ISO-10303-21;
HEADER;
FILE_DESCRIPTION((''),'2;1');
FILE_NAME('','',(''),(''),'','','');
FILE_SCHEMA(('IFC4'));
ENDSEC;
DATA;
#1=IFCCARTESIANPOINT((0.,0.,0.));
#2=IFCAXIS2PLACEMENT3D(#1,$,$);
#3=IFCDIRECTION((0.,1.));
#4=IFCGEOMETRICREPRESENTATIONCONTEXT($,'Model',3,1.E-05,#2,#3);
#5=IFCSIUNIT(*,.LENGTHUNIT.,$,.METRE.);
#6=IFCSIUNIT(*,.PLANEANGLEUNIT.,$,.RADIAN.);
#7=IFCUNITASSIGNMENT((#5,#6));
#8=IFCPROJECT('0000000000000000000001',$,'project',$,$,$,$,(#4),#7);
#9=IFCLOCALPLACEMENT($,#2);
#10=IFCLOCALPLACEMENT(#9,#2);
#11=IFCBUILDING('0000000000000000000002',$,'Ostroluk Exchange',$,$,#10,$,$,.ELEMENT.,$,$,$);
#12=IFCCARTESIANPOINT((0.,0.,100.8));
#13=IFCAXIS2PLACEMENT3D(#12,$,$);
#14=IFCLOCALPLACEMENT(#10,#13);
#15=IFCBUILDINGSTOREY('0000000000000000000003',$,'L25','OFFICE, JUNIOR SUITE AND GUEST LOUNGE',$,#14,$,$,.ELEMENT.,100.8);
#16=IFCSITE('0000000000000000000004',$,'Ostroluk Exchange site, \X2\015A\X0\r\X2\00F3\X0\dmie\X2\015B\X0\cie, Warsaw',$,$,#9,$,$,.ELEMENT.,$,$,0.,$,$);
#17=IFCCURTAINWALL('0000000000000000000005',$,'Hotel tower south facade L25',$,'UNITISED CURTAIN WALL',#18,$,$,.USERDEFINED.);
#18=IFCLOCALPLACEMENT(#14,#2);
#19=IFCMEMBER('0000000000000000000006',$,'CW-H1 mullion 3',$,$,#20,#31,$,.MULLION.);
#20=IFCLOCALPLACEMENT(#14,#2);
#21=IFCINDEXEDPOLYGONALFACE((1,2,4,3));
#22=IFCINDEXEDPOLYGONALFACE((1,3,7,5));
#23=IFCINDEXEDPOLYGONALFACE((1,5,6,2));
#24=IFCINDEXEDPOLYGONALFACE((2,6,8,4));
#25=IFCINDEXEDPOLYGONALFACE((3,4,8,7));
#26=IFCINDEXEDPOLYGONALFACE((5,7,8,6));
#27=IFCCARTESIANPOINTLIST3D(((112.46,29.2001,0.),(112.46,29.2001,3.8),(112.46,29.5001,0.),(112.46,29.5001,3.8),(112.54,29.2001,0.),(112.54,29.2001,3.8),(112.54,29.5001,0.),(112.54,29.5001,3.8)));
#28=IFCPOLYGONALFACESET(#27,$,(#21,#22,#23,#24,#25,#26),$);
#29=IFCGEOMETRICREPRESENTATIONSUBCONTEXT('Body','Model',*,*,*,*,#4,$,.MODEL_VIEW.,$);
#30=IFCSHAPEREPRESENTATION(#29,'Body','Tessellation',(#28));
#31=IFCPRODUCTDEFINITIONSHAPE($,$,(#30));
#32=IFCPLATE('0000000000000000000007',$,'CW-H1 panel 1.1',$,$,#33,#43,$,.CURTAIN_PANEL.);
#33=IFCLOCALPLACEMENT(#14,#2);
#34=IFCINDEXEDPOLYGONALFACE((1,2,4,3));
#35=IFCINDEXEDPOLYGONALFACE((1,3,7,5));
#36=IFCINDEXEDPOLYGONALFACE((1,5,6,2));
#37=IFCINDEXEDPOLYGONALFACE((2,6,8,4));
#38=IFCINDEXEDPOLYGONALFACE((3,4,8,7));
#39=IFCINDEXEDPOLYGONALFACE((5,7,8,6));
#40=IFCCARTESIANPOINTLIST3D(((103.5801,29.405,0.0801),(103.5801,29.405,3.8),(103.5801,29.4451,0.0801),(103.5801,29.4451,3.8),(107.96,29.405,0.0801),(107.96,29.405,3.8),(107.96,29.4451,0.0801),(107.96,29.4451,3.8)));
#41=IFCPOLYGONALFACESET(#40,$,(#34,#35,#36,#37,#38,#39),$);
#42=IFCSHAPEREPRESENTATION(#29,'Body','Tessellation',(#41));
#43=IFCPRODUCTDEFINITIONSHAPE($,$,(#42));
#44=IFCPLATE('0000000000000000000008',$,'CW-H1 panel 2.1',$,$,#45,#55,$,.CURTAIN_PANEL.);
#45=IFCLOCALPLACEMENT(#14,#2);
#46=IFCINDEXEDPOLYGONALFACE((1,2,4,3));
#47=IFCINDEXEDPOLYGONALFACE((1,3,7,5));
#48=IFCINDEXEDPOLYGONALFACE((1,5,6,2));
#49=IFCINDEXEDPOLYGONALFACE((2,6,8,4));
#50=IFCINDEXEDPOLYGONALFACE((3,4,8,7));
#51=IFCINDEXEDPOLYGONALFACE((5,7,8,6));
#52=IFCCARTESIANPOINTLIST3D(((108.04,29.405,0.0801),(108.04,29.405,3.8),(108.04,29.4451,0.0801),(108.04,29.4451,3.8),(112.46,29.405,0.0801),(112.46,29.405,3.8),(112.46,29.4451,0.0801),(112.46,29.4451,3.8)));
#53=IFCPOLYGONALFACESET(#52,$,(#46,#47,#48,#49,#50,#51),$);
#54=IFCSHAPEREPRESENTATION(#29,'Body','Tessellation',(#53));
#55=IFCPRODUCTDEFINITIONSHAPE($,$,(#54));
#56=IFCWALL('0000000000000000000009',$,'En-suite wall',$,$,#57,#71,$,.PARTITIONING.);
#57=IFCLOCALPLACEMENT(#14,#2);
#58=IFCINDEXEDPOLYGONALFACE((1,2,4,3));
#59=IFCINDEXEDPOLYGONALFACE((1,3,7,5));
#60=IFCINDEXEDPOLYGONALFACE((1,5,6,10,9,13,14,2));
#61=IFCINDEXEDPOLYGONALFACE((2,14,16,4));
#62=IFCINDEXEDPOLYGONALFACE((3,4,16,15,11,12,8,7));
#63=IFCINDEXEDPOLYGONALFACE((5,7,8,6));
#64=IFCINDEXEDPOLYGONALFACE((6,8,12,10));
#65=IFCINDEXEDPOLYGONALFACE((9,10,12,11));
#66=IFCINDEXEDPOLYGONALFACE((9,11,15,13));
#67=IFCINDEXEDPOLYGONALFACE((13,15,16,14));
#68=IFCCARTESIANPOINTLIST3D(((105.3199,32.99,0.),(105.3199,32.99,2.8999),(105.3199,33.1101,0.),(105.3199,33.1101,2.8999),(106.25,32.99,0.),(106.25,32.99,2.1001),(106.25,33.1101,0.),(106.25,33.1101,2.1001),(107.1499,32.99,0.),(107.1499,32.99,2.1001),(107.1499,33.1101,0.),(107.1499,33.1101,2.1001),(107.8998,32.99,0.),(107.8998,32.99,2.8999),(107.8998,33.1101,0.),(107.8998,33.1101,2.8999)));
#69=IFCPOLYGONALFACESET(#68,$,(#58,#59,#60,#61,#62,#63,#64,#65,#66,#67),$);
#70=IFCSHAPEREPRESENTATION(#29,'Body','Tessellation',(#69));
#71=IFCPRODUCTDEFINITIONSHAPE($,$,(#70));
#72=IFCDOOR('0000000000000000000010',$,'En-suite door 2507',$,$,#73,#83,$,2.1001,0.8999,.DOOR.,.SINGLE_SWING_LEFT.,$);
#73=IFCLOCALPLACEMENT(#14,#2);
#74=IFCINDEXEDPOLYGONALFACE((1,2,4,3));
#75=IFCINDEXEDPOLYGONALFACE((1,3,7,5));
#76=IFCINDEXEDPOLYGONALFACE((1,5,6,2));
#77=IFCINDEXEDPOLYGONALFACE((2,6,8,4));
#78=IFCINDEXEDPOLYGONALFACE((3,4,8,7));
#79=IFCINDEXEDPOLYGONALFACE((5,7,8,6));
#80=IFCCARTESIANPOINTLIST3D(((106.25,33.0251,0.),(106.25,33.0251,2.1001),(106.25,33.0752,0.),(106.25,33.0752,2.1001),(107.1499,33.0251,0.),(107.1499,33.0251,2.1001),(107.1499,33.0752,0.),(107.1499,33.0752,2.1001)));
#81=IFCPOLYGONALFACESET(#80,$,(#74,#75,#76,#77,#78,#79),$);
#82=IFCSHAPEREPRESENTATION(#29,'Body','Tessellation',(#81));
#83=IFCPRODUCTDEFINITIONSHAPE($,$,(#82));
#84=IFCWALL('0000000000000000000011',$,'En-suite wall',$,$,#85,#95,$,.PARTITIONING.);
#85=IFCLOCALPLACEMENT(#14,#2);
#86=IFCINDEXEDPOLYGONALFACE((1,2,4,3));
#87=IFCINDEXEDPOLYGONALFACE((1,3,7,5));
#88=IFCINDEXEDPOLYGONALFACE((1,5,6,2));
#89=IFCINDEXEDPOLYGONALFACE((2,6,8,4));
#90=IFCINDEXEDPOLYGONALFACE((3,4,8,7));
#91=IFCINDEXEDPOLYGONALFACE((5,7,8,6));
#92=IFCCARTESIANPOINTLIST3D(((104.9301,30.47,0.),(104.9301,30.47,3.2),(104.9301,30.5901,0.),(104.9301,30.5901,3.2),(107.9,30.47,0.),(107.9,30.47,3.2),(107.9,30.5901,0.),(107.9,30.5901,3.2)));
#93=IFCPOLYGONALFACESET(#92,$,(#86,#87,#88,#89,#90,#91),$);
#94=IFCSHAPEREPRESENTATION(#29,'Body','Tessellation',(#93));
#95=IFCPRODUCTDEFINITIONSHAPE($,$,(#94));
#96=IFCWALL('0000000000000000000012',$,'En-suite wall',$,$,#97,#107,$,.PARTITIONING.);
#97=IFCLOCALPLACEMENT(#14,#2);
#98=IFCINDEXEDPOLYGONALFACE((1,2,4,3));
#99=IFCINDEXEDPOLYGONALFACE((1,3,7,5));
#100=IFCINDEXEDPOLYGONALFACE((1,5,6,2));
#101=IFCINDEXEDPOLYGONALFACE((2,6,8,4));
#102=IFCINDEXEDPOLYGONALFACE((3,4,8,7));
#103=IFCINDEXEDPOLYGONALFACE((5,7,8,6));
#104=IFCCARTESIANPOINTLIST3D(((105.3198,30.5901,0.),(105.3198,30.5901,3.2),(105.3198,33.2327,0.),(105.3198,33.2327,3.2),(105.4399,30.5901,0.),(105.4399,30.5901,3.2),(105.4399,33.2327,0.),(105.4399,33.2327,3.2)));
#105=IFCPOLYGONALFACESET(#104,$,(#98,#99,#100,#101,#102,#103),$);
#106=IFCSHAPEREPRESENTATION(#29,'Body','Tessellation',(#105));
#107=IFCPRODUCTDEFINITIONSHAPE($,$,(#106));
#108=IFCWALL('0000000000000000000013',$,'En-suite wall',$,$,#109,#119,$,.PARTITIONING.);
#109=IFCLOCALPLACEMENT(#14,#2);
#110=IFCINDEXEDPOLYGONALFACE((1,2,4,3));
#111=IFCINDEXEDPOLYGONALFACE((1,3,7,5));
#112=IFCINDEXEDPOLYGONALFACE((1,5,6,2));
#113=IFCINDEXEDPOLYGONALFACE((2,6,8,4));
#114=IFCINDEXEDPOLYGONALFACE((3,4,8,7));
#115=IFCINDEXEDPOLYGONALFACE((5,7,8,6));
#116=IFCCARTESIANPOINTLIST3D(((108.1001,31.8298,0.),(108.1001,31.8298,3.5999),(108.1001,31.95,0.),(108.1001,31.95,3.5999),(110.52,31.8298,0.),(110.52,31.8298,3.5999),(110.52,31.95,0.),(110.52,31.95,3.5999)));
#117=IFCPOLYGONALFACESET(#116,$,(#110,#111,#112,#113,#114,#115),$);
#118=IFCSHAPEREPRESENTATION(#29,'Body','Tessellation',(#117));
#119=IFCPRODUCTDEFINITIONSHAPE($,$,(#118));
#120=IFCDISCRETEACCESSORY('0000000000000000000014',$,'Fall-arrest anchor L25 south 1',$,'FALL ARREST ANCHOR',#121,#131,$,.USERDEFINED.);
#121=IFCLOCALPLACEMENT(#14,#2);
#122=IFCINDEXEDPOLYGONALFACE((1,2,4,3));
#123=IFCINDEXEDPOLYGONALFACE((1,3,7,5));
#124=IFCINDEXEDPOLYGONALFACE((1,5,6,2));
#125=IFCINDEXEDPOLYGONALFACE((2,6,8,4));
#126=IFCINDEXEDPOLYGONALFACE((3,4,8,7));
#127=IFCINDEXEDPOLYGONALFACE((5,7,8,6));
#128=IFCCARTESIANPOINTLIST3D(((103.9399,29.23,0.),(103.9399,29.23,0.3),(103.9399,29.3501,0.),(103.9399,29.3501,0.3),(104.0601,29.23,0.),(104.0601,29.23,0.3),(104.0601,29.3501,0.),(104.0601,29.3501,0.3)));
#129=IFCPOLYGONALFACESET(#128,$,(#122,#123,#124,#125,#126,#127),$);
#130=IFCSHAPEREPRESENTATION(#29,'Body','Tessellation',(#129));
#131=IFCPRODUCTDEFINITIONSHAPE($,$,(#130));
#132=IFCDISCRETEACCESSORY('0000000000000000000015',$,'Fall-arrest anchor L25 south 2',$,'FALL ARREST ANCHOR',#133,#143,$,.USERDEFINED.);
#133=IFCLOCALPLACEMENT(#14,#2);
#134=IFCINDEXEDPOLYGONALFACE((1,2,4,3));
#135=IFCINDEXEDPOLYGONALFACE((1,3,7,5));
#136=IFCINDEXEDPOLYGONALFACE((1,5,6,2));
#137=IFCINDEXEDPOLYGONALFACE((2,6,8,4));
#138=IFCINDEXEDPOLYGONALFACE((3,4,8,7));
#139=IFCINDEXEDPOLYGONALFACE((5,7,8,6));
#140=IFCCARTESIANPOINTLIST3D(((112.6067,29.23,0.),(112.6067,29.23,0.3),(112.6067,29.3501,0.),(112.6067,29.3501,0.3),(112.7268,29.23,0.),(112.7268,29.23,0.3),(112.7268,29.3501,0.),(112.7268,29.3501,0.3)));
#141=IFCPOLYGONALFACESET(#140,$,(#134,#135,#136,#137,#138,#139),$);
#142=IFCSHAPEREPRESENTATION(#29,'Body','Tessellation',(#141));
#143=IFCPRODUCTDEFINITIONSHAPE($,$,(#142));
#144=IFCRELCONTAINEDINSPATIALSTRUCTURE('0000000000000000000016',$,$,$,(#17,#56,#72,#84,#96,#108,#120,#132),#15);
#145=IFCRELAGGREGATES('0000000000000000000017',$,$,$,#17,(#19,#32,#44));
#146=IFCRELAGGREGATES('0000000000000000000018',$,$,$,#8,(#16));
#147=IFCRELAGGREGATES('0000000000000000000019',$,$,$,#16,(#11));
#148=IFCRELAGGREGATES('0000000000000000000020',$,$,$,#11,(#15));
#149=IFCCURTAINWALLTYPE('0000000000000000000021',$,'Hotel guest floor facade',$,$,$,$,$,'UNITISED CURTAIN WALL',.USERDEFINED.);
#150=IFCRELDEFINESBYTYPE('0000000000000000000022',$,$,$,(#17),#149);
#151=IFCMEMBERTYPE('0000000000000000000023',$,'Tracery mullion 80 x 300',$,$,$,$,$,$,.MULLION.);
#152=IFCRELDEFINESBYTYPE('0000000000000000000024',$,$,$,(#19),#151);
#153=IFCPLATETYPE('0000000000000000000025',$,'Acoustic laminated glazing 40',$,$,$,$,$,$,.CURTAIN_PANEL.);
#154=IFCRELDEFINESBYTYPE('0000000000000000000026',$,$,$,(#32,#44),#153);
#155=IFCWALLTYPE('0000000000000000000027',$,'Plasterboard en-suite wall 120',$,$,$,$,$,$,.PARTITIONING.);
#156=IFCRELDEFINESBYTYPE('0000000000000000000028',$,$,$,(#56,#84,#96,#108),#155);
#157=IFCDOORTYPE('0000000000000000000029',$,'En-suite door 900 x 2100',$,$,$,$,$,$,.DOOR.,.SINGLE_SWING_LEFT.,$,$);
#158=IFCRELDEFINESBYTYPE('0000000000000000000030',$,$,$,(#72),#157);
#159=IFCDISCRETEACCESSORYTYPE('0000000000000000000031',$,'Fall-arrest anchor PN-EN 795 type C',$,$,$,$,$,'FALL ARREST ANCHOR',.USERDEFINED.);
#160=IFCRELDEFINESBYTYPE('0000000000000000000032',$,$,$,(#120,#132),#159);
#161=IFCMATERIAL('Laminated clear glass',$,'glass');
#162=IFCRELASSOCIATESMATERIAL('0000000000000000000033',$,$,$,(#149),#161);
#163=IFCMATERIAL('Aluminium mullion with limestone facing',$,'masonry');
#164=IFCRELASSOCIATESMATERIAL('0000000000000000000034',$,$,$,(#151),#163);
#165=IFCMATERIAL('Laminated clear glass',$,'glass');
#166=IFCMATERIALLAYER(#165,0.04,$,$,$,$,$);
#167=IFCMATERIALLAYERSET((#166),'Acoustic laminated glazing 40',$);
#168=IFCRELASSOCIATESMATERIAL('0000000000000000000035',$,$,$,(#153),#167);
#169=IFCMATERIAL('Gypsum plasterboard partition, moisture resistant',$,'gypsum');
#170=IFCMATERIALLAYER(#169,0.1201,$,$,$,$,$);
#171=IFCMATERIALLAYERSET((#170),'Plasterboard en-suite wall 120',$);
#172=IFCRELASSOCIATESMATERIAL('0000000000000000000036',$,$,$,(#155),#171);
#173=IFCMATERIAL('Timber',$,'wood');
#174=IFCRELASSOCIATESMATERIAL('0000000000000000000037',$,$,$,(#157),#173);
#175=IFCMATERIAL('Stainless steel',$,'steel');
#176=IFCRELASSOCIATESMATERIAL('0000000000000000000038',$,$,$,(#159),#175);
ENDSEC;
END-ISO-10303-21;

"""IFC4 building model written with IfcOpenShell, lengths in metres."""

from ifc_helpers import new_model, si_unit, direction, frame, frame_2d, origin, origin_2d, place, context, subcontext, project, spatial, rectangle, extrude, material, layer, layer_set, material_profile, profile_set, type_object, element, fill, aggregate, save


model = new_model("IFC4")

# Units and contexts
model_context = context("Model", 3, precision=1e-05, world=origin(), true_north=direction((0.0, 1.0)))
body_context = subcontext(model_context, "Body", "Model", "MODEL_VIEW")
ifc_project = project(units=[si_unit("LENGTHUNIT", "METRE"), si_unit("PLANEANGLEUNIT", "RADIAN")], contexts=[model_context])

# Site, building, storey
site_placement = place(None, origin())
site = spatial("IfcSite", under=ifc_project, at=site_placement, Name="Ostroluk Exchange site, Śródmieście, Warsaw", CompositionType="ELEMENT", RefElevation=0.0)
building_placement = place(site_placement, origin())
building = spatial("IfcBuilding", under=site, at=building_placement, Name="Ostroluk Exchange", CompositionType="ELEMENT")
storey_placement = place(building_placement, frame((0.0, 0.0, 100.8)))
storey = spatial("IfcBuildingStorey", under=building, at=storey_placement, Name="L25", Description="OFFICE, JUNIOR SUITE AND GUEST LOUNGE", CompositionType="ELEMENT", Elevation=100.8)

# Curtain wall, member, plates
ifc_material_1 = material(Name="Laminated clear glass", Category="glass")
curtain_wall_type = type_object("IfcCurtainWallType", Name="Hotel guest floor facade", ElementType="UNITISED CURTAIN WALL", PredefinedType="USERDEFINED", material=ifc_material_1)
curtain_wall_placement = place(storey_placement, origin())
curtain_wall = element("IfcCurtainWall", 1, at=curtain_wall_placement, inside=storey, type_object=curtain_wall_type, Name="Hotel tower south facade L25", ObjectType="UNITISED CURTAIN WALL", PredefinedType="USERDEFINED")
ifc_material_2 = material(Name="Aluminium mullion with limestone facing", Category="masonry")
ifc_material_profile_1 = material_profile(ifc_material_2, rectangle(XDim=0.3, YDim=0.0801, at=origin_2d()), Name="Tracery mullion 80 x 300")
ifc_profile_set_1 = profile_set([ifc_material_profile_1], Name="Aluminium mullion with limestone facing")
member_type_1 = type_object("IfcMemberType", Name="Tracery mullion 80 x 300", PredefinedType="MULLION", material=ifc_profile_set_1)
member_1_placement = place(storey_placement, frame((112.5, 29.3501, 0.0), z_axis=(0.0, 0.0, 1.0), x_axis=(0.0, 1.0, 0.0)))
member_1 = element("IfcMember", 2, at=member_1_placement, type_object=member_type_1, Name="CW-H1 mullion 3", PredefinedType="MULLION", context=body_context, shape_type="SweptSolid", body=[
    extrude(rectangle(XDim=0.3, YDim=0.0801, at=origin_2d()), origin(), (0.0, 0.0, 1.0), 3.8),
])
ifc_material_3 = material(Name="Laminated clear glass", Category="glass")
ifc_layer_1 = layer(ifc_material_3, 0.04)
ifc_layer_set_1 = layer_set([ifc_layer_1], Name="Acoustic laminated glazing 40")
plate_type = type_object("IfcPlateType", Name="Acoustic laminated glazing 40", PredefinedType="CURTAIN_PANEL", material=ifc_layer_set_1)
plate_1_placement = place(storey_placement, frame((105.77, 29.425, 0.0801), z_axis=(0.0, 0.0, 1.0), x_axis=(1.0, 0.0, 0.0)))
plate_1 = element("IfcPlate", 3, at=plate_1_placement, type_object=plate_type, Name="CW-H1 panel 1.1", PredefinedType="CURTAIN_PANEL", context=body_context, shape_type="SweptSolid", body=[
    extrude(rectangle(XDim=4.3799, YDim=0.04, at=origin_2d()), origin(), (0.0, 0.0, 1.0), 3.72),
])
plate_2_placement = place(storey_placement, frame((110.25, 29.425, 0.0801), z_axis=(0.0, 0.0, 1.0), x_axis=(1.0, 0.0, 0.0)))
plate_2 = element("IfcPlate", 4, at=plate_2_placement, type_object=plate_type, Name="CW-H1 panel 2.1", PredefinedType="CURTAIN_PANEL", context=body_context, shape_type="SweptSolid", body=[
    extrude(rectangle(XDim=4.4199, YDim=0.04, at=origin_2d()), origin(), (0.0, 0.0, 1.0), 3.72),
])
aggregate(curtain_wall, [member_1, plate_1, plate_2])

# Wall, opening, door
ifc_material_4 = material(Name="Gypsum plasterboard partition, moisture resistant", Category="gypsum")
ifc_layer_2 = layer(ifc_material_4, 0.1201)
ifc_layer_set_2 = layer_set([ifc_layer_2], Name="Plasterboard en-suite wall 120")
wall_type = type_object("IfcWallType", Name="Plasterboard en-suite wall 120", PredefinedType="PARTITIONING", material=ifc_layer_set_2)
wall_1_placement = place(storey_placement, frame((107.8999, 33.05, 0.0), z_axis=(0.0, 0.0, 1.0), x_axis=(-1.0, 0.0, 0.0)))
wall_1 = element("IfcWall", 5, at=wall_1_placement, inside=storey, type_object=wall_type, Name="En-suite wall", PredefinedType="PARTITIONING", context=body_context, shape_type="SweptSolid", body=[
    extrude(rectangle(XDim=2.5798, YDim=0.1201, at=frame_2d((1.29, 0.0))), origin(), (0.0, 0.0, 1.0), 2.8999),
])
opening_placement = place(wall_1_placement, frame((0.75, 0.0, 0.0)))
opening = element("IfcOpeningElement", 6, at=opening_placement, cuts=wall_1, PredefinedType="OPENING", context=body_context, shape_type="SweptSolid", body=[
    extrude(rectangle(XDim=0.8999, YDim=2.1001, at=frame_2d((0.45, 1.05))), frame((0.0, 0.0701, 0.0), z_axis=(0.0, -1.0, 0.0), x_axis=(1.0, 0.0, 0.0)), (0.0, 0.0, 1.0), 0.1401),
])
ifc_material_5 = material(Name="Timber", Category="wood")
door_type = type_object("IfcDoorType", Name="En-suite door 900 x 2100", OperationType="SINGLE_SWING_LEFT", PredefinedType="DOOR", material=ifc_material_5)
door_placement = place(opening_placement, origin())
door = element("IfcDoor", 7, at=door_placement, inside=storey, type_object=door_type, Name="En-suite door 2507", OperationType="SINGLE_SWING_LEFT", OverallHeight=2.1001, OverallWidth=0.8999, PredefinedType="DOOR", context=body_context, shape_type="SweptSolid", body=[
    extrude(rectangle(XDim=0.8999, YDim=2.1001, at=frame_2d((0.45, 1.05))), frame((0.0, 0.0249, 0.0), z_axis=(0.0, -1.0, 0.0), x_axis=(1.0, 0.0, 0.0)), (0.0, 0.0, 1.0), 0.05),
])
fill(opening, door)

# Walls
wall_2_placement = place(storey_placement, frame((107.8999, 30.53, 0.0), z_axis=(0.0, 0.0, 1.0), x_axis=(-1.0, 0.0, 0.0)))
element("IfcWall", 8, at=wall_2_placement, inside=storey, type_object=wall_type, Name="En-suite wall", PredefinedType="PARTITIONING", context=body_context, shape_type="SweptSolid", body=[
    extrude(rectangle(XDim=2.97, YDim=0.1201, at=frame_2d((1.4849, 0.0))), origin(), (0.0, 0.0, 1.0), 3.2),
])
wall_3_placement = place(storey_placement, frame((105.3799, 33.2327, 0.0), z_axis=(0.0, 0.0, 1.0), x_axis=(0.0, -1.0, 0.0)))
element("IfcWall", 9, at=wall_3_placement, inside=storey, type_object=wall_type, Name="En-suite wall", PredefinedType="PARTITIONING", context=body_context, shape_type="SweptSolid", body=[
    extrude(rectangle(XDim=2.6426, YDim=0.1201, at=frame_2d((1.3213, 0.0))), origin(), (0.0, 0.0, 1.0), 3.2),
])
wall_4_placement = place(storey_placement, frame((108.1001, 31.8899, 0.0), z_axis=(0.0, 0.0, 1.0), x_axis=(1.0, 0.0, 0.0)))
element("IfcWall", 10, at=wall_4_placement, inside=storey, type_object=wall_type, Name="En-suite wall", PredefinedType="PARTITIONING", context=body_context, shape_type="SweptSolid", body=[
    extrude(rectangle(XDim=2.4199, YDim=0.1201, at=frame_2d((1.21, 0.0))), origin(), (0.0, 0.0, 1.0), 3.5999),
])

# Discrete accessories
ifc_material_6 = material(Name="Stainless steel", Category="steel")
discrete_accessory_type = type_object("IfcDiscreteAccessoryType", Name="Fall-arrest anchor PN-EN 795 type C", ElementType="FALL ARREST ANCHOR", PredefinedType="USERDEFINED", material=ifc_material_6)
for number, where, z_axis, x_axis, name in (
    (11, (104.0, 29.29, 0.0), (0.0, 0.0, 1.0), (1.0, 0.0, 0.0), "Fall-arrest anchor L25 south 1"),
    (12, (112.6667, 29.29, 0.0), (0.0, 0.0, 1.0), (1.0, 0.0, 0.0), "Fall-arrest anchor L25 south 2"),
):
    element("IfcDiscreteAccessory", number, at=place(storey_placement, frame(where, z_axis=z_axis, x_axis=x_axis)), inside=storey, type_object=discrete_accessory_type, Name=name, ObjectType="FALL ARREST ANCHOR", PredefinedType="USERDEFINED", context=body_context, shape_type="SweptSolid", body=[
        extrude(rectangle(XDim=0.1201, YDim=0.1201, at=origin_2d()), origin(), (0.0, 0.0, 1.0), 0.3),
    ])

save(model, "model.ifc")
